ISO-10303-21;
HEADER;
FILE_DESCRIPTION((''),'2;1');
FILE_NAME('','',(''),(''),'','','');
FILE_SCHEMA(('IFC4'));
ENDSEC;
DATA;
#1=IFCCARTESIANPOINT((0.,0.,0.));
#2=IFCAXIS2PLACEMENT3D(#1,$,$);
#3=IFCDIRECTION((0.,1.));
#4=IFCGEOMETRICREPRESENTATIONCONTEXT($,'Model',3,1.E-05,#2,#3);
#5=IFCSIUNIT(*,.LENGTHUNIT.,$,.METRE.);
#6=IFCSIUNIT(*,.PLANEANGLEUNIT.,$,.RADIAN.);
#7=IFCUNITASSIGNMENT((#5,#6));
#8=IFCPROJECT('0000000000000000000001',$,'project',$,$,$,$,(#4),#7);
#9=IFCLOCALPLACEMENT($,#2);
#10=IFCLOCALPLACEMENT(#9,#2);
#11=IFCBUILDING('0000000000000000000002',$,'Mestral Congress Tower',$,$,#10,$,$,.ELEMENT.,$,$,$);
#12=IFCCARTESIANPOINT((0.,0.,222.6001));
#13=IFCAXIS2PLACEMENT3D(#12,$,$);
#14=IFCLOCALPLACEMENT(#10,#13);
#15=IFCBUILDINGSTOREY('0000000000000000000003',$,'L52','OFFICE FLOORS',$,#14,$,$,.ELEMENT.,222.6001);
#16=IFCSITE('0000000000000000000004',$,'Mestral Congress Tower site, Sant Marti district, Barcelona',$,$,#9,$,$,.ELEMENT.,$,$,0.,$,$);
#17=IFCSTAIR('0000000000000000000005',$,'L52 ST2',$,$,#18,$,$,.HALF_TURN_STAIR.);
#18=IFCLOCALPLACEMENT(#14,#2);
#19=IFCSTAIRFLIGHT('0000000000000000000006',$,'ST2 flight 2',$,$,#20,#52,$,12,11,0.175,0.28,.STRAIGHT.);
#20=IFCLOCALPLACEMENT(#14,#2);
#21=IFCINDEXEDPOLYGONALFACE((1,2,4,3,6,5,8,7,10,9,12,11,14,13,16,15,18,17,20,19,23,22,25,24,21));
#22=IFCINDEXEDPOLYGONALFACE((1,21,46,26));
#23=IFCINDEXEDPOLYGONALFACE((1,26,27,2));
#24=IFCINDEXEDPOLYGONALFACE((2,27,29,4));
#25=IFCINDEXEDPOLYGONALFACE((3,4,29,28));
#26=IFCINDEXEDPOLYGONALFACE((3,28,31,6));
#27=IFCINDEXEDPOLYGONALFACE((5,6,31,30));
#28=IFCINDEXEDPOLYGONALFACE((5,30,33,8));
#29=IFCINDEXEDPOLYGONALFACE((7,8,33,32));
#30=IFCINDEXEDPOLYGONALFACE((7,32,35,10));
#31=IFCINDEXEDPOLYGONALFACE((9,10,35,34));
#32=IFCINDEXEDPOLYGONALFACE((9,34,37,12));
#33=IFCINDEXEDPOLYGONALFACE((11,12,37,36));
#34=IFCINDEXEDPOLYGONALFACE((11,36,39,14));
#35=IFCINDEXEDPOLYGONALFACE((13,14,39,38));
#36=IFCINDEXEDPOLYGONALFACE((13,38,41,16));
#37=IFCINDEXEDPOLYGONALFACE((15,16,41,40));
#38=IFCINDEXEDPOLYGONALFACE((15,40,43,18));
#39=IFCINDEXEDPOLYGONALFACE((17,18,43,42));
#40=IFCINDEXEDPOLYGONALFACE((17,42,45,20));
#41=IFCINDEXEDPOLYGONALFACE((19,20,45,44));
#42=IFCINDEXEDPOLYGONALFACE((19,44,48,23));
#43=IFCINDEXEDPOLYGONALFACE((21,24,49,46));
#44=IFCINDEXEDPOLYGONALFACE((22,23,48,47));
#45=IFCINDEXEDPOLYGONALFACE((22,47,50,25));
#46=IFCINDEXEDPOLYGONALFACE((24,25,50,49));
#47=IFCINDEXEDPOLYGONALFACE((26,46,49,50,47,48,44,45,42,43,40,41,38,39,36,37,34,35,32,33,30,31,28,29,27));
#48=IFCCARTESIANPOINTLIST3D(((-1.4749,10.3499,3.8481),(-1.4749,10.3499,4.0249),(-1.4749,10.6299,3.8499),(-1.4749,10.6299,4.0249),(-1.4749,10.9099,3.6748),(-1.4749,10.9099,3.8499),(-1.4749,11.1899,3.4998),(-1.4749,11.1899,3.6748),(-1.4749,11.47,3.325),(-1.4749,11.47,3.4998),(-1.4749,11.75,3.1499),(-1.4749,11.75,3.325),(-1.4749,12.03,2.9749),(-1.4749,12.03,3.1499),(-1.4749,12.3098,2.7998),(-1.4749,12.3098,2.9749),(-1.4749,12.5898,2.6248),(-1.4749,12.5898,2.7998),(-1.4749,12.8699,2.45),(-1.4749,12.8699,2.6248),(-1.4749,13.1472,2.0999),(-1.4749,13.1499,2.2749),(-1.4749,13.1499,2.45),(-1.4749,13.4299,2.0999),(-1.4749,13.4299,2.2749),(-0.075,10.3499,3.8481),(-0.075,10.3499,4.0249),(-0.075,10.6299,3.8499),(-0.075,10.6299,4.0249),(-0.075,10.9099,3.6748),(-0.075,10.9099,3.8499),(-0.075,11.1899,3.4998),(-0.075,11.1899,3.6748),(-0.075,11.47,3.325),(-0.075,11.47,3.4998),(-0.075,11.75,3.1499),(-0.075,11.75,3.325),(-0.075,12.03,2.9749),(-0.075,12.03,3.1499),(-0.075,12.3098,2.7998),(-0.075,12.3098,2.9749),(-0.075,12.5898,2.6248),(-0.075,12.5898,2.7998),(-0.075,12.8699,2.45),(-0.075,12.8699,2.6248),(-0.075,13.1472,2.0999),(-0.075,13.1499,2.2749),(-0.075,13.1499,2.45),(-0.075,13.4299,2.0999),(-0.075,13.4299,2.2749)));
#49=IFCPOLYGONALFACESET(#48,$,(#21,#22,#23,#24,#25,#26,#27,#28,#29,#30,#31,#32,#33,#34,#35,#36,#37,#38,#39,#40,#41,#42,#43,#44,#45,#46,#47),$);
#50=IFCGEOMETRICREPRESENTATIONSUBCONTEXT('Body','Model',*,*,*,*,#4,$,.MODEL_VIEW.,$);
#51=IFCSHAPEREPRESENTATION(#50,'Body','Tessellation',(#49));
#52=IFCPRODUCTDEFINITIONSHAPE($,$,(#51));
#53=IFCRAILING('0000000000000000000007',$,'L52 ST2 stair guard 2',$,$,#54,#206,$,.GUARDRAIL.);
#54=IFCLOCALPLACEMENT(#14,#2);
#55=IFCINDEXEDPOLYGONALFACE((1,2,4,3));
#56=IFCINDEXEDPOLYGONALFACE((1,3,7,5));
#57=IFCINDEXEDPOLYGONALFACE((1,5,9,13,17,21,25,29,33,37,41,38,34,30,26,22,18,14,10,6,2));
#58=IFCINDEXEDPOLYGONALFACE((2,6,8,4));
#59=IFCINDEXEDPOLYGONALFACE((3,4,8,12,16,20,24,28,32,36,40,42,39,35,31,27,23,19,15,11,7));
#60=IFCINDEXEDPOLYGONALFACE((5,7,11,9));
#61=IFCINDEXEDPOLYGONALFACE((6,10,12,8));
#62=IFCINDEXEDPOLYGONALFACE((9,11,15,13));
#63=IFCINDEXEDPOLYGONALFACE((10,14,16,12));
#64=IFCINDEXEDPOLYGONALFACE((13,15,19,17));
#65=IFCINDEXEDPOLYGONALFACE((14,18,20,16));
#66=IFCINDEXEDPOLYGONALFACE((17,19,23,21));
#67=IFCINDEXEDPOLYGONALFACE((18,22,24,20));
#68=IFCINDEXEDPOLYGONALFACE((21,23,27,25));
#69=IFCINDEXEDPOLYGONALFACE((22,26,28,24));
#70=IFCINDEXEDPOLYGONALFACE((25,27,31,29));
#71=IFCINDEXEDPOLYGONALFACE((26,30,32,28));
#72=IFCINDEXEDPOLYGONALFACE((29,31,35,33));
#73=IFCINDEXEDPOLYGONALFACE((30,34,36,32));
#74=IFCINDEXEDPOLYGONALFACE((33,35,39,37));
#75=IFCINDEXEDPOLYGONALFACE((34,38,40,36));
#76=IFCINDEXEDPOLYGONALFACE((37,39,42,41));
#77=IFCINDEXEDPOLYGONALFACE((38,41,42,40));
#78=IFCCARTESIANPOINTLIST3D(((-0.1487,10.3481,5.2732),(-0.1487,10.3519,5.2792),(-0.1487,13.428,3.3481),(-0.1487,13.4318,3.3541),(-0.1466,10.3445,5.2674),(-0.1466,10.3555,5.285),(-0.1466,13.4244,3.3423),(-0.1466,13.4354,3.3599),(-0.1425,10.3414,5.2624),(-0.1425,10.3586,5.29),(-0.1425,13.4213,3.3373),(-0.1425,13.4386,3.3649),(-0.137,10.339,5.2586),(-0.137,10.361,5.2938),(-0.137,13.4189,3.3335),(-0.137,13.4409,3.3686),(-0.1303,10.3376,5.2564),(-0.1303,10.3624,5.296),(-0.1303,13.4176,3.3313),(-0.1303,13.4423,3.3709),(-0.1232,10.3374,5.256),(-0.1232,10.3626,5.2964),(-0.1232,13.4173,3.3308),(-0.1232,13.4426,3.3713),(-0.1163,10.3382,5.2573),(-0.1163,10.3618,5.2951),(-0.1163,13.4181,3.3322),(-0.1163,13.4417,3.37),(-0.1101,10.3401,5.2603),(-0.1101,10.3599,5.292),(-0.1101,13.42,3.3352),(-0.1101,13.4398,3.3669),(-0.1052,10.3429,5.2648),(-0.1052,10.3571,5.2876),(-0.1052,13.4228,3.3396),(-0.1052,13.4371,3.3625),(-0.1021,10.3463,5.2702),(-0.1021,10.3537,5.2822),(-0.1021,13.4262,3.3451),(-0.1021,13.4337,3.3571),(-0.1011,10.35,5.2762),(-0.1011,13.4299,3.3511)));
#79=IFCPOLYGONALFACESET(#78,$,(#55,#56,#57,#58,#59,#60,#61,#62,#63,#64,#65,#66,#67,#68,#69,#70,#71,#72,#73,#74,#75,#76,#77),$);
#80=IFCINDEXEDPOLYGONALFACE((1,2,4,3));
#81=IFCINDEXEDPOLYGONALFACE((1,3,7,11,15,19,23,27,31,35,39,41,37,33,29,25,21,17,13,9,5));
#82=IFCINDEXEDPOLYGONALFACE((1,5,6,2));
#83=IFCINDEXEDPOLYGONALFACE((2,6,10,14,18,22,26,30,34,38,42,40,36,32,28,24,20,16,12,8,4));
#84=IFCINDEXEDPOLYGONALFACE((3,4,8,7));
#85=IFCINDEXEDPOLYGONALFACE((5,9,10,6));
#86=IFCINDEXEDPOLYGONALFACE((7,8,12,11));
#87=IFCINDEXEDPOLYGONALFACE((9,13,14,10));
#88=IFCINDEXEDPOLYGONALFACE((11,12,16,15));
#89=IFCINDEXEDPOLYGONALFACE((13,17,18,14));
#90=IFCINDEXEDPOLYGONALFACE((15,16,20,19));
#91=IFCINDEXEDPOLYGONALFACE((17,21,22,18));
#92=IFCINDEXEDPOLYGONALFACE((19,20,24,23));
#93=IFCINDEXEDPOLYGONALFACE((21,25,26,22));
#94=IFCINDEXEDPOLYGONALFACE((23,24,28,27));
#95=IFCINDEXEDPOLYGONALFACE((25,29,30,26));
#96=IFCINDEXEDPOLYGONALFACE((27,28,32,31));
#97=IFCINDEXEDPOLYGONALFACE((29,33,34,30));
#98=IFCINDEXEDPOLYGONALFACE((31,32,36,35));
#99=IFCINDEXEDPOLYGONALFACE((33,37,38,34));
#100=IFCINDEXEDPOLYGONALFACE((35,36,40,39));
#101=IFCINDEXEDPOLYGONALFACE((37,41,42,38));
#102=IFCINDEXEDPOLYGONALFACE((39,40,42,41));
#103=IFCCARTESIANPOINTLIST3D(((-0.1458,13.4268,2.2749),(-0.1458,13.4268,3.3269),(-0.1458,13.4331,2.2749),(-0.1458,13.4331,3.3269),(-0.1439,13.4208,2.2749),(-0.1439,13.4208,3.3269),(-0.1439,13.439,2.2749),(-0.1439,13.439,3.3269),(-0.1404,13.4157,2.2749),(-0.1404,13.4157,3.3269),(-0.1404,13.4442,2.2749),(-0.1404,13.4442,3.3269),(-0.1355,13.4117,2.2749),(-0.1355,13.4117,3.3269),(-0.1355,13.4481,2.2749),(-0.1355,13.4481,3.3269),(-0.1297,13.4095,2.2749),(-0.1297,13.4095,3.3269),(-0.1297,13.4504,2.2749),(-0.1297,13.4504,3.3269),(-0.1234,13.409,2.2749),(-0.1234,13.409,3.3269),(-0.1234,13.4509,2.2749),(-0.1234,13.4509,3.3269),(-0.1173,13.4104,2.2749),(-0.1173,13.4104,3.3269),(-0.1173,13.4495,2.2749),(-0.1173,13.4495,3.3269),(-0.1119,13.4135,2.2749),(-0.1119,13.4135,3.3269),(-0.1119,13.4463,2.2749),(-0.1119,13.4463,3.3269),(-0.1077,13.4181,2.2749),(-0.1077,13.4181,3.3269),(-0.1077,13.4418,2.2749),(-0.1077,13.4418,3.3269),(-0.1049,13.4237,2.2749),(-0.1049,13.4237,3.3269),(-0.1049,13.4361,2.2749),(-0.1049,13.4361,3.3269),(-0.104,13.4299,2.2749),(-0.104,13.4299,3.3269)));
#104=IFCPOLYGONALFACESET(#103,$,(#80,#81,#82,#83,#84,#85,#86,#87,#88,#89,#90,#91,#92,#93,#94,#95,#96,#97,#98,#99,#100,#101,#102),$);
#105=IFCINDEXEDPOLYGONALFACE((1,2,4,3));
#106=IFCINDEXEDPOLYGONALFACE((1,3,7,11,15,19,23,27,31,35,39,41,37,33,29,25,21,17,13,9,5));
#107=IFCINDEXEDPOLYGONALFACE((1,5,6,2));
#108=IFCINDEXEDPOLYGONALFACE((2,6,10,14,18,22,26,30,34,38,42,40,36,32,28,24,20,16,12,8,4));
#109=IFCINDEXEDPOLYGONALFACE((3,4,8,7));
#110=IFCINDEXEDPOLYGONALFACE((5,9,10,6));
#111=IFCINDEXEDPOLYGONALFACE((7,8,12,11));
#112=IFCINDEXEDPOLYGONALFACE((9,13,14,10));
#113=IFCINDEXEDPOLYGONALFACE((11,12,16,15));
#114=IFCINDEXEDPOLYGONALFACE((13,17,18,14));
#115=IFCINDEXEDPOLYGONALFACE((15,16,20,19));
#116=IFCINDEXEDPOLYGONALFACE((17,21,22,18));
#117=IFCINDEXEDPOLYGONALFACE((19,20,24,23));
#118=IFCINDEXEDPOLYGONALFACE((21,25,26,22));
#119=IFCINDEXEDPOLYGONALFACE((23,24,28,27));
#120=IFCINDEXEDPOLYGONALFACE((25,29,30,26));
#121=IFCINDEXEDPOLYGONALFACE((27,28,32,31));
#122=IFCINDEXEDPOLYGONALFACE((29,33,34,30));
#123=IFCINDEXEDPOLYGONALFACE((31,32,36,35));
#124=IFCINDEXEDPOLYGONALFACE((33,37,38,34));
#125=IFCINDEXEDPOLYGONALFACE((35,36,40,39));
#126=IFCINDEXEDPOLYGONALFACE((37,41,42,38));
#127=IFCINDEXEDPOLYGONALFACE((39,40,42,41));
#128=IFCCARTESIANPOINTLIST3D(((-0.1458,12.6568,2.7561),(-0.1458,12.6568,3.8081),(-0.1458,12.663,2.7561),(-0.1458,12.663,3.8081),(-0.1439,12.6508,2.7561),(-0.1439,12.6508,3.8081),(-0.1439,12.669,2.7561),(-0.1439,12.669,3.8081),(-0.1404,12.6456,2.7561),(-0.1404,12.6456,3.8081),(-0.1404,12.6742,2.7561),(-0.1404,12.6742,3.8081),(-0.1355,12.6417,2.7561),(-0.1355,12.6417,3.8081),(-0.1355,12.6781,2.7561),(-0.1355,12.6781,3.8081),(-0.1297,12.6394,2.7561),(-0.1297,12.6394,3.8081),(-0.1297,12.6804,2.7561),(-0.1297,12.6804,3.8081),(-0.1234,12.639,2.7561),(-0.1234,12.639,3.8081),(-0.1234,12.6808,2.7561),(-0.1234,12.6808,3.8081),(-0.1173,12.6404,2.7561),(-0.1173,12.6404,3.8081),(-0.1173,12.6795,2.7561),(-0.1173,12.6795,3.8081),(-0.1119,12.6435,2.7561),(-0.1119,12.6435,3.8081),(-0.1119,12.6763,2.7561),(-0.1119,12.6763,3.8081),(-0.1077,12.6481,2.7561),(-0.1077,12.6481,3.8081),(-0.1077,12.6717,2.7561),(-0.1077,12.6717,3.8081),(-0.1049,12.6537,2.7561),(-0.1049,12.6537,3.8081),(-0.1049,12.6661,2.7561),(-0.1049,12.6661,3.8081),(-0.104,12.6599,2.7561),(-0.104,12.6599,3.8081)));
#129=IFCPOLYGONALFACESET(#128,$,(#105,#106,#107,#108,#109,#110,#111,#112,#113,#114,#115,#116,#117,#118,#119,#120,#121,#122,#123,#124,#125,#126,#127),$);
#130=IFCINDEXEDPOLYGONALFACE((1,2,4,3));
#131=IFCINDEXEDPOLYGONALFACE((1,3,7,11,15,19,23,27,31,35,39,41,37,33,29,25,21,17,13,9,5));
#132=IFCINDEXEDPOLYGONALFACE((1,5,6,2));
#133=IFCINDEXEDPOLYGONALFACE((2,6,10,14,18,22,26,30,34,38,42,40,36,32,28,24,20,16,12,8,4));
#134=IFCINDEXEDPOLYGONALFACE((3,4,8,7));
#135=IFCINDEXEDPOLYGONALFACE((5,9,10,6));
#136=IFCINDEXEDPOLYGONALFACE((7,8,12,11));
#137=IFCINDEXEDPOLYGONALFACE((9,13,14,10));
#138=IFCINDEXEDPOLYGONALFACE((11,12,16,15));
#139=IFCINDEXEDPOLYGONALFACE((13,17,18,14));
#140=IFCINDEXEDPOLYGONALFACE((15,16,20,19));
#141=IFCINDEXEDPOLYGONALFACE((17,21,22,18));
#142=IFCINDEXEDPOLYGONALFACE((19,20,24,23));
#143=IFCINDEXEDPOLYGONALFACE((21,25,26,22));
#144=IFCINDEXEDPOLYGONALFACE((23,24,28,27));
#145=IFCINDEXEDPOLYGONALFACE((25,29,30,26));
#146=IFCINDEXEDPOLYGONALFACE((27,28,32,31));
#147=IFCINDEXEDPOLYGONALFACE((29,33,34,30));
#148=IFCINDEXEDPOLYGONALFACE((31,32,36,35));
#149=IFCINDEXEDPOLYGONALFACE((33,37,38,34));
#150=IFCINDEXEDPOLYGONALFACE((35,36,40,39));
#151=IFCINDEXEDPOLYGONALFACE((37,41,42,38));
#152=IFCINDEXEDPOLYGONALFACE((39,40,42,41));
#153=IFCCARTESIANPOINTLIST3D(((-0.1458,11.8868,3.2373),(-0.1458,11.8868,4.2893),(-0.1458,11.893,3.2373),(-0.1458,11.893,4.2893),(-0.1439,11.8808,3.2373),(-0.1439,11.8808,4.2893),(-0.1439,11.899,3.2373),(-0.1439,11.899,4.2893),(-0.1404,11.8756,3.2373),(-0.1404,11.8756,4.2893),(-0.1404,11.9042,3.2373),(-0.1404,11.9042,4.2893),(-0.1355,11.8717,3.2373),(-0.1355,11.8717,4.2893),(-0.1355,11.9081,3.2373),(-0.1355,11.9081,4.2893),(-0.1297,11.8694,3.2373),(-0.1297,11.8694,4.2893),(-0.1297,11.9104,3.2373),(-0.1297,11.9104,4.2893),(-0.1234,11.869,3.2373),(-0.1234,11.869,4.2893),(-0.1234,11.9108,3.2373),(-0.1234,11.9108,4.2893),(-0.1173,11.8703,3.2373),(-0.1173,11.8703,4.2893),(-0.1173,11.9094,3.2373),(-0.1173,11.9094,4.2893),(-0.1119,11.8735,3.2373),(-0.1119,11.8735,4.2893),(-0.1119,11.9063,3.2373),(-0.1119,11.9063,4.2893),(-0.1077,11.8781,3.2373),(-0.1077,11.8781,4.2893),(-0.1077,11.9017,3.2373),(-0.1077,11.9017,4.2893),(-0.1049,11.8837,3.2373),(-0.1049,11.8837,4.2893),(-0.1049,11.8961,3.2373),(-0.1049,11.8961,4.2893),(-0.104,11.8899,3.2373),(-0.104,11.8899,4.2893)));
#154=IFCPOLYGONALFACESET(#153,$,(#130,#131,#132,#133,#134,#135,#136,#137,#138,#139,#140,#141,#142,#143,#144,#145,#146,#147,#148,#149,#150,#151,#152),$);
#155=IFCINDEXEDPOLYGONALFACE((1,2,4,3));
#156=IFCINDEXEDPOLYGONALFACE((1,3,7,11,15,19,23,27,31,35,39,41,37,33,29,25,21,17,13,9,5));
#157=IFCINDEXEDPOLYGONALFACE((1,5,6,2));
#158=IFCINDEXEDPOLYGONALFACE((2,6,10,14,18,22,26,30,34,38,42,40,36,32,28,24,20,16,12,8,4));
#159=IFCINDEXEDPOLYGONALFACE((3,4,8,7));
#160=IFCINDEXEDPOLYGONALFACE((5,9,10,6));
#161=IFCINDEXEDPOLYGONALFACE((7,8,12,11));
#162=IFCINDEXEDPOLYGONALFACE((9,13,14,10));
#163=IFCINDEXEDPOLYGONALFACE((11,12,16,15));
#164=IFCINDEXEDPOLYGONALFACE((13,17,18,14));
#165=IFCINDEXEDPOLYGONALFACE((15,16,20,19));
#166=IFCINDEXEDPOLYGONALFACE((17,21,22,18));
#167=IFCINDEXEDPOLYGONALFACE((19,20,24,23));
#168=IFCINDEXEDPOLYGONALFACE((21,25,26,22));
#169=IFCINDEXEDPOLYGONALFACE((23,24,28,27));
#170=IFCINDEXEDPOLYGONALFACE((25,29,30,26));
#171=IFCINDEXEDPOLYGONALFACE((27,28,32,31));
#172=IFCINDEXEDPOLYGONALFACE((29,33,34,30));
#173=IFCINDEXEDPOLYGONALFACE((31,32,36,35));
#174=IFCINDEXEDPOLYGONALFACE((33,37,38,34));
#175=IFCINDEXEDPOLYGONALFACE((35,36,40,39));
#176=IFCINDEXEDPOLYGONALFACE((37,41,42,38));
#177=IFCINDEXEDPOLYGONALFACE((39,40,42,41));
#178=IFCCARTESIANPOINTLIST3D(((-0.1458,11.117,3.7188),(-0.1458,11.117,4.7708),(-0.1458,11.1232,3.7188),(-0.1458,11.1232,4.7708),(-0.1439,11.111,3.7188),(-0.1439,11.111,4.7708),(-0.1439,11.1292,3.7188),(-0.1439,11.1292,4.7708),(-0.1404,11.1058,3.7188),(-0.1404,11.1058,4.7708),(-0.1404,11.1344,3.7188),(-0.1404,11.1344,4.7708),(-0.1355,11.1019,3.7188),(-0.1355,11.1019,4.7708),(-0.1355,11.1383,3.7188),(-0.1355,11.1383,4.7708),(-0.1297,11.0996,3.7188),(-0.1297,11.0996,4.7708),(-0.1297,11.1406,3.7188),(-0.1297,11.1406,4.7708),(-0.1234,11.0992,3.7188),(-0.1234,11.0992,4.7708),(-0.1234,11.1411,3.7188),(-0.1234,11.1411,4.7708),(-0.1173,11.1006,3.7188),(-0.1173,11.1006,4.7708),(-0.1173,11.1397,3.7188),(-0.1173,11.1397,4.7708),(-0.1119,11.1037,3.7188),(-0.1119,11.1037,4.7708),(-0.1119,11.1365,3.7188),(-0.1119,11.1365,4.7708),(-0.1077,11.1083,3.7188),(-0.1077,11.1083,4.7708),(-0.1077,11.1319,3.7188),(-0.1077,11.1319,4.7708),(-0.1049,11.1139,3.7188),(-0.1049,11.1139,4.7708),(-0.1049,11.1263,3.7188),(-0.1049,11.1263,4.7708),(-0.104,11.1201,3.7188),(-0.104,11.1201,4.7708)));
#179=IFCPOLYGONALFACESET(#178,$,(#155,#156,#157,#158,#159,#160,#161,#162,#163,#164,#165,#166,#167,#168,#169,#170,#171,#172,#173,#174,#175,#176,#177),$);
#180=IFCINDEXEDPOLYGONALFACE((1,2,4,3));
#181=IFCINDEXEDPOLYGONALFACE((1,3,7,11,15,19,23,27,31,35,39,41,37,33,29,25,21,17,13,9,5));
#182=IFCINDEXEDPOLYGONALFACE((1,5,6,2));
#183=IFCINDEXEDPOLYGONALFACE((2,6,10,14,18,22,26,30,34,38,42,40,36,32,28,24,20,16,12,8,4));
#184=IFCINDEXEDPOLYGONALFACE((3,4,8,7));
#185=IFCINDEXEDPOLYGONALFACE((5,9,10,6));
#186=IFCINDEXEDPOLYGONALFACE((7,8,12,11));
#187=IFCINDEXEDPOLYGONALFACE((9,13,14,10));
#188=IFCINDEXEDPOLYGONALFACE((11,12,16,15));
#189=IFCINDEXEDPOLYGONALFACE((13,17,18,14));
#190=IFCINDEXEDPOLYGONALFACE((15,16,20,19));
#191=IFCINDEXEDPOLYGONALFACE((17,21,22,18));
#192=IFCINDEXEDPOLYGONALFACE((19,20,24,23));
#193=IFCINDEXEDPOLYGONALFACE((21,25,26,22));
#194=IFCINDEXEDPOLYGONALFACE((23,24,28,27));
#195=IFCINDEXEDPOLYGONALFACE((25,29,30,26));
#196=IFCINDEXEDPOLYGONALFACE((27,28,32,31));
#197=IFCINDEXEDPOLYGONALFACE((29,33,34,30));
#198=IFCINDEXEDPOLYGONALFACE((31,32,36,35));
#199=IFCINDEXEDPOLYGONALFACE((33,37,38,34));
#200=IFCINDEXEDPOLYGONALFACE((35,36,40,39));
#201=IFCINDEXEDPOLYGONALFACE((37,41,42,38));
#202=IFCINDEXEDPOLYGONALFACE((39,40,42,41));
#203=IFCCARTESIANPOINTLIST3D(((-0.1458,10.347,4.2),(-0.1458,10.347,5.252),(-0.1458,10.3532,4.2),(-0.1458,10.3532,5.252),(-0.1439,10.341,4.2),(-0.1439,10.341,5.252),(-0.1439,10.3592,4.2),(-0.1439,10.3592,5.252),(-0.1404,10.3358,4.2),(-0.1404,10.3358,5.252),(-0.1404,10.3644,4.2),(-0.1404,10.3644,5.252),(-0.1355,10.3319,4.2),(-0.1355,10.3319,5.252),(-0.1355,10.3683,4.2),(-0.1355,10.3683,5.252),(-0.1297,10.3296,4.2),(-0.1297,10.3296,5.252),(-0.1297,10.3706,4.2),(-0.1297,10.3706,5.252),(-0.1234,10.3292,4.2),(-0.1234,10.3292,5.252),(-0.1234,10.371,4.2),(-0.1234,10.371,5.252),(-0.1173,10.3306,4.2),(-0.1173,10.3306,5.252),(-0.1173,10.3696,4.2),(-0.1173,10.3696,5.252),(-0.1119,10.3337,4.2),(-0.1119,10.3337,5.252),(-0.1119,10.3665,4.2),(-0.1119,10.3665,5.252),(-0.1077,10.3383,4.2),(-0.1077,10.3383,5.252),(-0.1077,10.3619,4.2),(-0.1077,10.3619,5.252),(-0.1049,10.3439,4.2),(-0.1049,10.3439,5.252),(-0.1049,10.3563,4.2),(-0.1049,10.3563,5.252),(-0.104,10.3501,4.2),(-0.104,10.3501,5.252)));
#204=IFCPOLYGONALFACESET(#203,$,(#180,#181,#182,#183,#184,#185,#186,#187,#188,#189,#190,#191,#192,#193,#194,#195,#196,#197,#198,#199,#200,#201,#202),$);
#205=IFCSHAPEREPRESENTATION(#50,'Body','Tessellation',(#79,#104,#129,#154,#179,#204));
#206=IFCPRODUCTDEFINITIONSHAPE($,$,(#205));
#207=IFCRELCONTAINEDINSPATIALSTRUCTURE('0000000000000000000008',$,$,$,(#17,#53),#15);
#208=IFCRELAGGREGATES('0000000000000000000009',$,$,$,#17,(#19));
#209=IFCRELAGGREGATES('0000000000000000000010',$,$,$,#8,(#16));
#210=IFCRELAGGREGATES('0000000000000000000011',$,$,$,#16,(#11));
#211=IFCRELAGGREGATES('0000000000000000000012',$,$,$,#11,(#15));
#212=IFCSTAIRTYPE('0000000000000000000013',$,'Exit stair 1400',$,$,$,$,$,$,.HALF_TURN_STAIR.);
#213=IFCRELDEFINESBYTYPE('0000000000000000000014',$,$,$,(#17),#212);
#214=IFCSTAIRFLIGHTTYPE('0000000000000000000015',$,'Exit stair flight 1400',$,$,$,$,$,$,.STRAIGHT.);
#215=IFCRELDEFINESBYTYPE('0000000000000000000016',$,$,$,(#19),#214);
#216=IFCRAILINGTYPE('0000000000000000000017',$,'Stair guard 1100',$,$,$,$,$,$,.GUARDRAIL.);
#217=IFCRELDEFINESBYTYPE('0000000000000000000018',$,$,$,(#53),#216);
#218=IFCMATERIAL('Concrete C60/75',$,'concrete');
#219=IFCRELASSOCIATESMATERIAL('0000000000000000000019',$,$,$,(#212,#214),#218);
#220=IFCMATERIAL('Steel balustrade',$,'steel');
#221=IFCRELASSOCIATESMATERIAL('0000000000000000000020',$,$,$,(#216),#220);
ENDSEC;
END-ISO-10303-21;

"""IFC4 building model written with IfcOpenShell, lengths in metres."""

from ifc_helpers import new_model, si_unit, direction, frame, origin, origin_2d, place, context, subcontext, project, spatial, polyline, circle, outline, extrude, material, type_object, element, aggregate, save


model = new_model("IFC4")

# Units and contexts
model_context = context("Model", 3, precision=1e-05, world=origin(), true_north=direction((0.0, 1.0)))
body_context = subcontext(model_context, "Body", "Model", "MODEL_VIEW")
ifc_project = project(units=[si_unit("LENGTHUNIT", "METRE"), si_unit("PLANEANGLEUNIT", "RADIAN")], contexts=[model_context])

# Site, building, storey
site_placement = place(None, origin())
site = spatial("IfcSite", under=ifc_project, at=site_placement, Name="Mestral Congress Tower site, Sant Marti district, Barcelona", CompositionType="ELEMENT", RefElevation=0.0)
building_placement = place(site_placement, origin())
building = spatial("IfcBuilding", under=site, at=building_placement, Name="Mestral Congress Tower", CompositionType="ELEMENT")
storey_placement = place(building_placement, frame((0.0, 0.0, 222.6001)))
storey = spatial("IfcBuildingStorey", under=building, at=storey_placement, Name="L52", Description="OFFICE FLOORS", CompositionType="ELEMENT", Elevation=222.6001)

# Shared definitions
ifc_material_1 = material(Name="Concrete C60/75", Category="concrete")

# Stair, stair flight
stair_type = type_object("IfcStairType", Name="Exit stair 1400", PredefinedType="HALF_TURN_STAIR", material=ifc_material_1)
stair_placement = place(storey_placement, origin())
stair = element("IfcStair", 1, at=stair_placement, inside=storey, type_object=stair_type, Name="L52 ST2", PredefinedType="HALF_TURN_STAIR")
stair_flight_type = type_object("IfcStairFlightType", Name="Exit stair flight 1400", PredefinedType="STRAIGHT", material=ifc_material_1)
stair_flight_placement = place(storey_placement, frame((-0.7749, 13.4299, 2.0999), z_axis=(0.0, 0.0, 1.0), x_axis=(0.0, -1.0, 0.0)))
stair_flight = element("IfcStairFlight", 2, at=stair_flight_placement, type_object=stair_flight_type, Name="ST2 flight 2", NumberOfRisers=12, NumberOfTreads=11, PredefinedType="STRAIGHT", RiserHeight=0.175, TreadLength=0.28, context=body_context, shape_type="SweptSolid", body=[
    extrude(outline(polyline([(0.0, 0.0), (0.0, 0.175), (0.28, 0.175), (0.28, 0.3501), (0.5601, 0.3501), (0.5601, 0.5249), (0.8401, 0.5249), (0.8401, 0.7), (1.1201, 0.7), (1.1201, 0.875), (1.3999, 0.875), (1.3999, 1.05), (1.6799, 1.05), (1.6799, 1.2251), (1.96, 1.2251), (1.96, 1.3999), (2.24, 1.3999), (2.24, 1.575), (2.52, 1.575), (2.52, 1.75), (2.8, 1.75), (2.8, 1.925), (3.0801, 1.925), (3.0801, 2.1001), (3.0801, 1.7483), (0.2827, 0.0), (0.0, 0.0)])), frame((0.0, 0.7, 0.0), z_axis=(0.0, -1.0, 0.0), x_axis=(1.0, 0.0, 0.0)), (0.0, 0.0, 1.0), 1.3999),
])
aggregate(stair, [stair_flight])

# Railing
ifc_material_2 = material(Name="Steel balustrade", Category="steel")
railing_type = type_object("IfcRailingType", Name="Stair guard 1100", PredefinedType="GUARDRAIL", material=ifc_material_2)
railing_placement = place(storey_placement, frame((-0.125, 13.4299, 2.2749)))
element("IfcRailing", 3, at=railing_placement, inside=storey, type_object=railing_type, Name="L52 ST2 stair guard 2", PredefinedType="GUARDRAIL", context=body_context, shape_type="SweptSolid", body=[
    extrude(circle(Radius=0.0239, at=origin_2d()), frame((0.0, 0.0, 1.0762), z_axis=(0.0, -0.847979, 0.530029), x_axis=(1.0, 0.0, 0.0)), (0.0, 0.0, 1.0), 3.6321),
    extrude(circle(Radius=0.021, at=origin_2d()), origin(), (0.0, 0.0, 1.0), 1.052),
    extrude(circle(Radius=0.021, at=origin_2d()), frame((0.0, -0.77, 0.4812)), (0.0, 0.0, 1.0), 1.052),
    extrude(circle(Radius=0.021, at=origin_2d()), frame((0.0, -1.54, 0.9624)), (0.0, 0.0, 1.0), 1.052),
    extrude(circle(Radius=0.021, at=origin_2d()), frame((0.0, -2.3098, 1.4438)), (0.0, 0.0, 1.0), 1.052),
    extrude(circle(Radius=0.021, at=origin_2d()), frame((0.0, -3.0798, 1.925)), (0.0, 0.0, 1.0), 1.052),
])

save(model, "model.ifc")
